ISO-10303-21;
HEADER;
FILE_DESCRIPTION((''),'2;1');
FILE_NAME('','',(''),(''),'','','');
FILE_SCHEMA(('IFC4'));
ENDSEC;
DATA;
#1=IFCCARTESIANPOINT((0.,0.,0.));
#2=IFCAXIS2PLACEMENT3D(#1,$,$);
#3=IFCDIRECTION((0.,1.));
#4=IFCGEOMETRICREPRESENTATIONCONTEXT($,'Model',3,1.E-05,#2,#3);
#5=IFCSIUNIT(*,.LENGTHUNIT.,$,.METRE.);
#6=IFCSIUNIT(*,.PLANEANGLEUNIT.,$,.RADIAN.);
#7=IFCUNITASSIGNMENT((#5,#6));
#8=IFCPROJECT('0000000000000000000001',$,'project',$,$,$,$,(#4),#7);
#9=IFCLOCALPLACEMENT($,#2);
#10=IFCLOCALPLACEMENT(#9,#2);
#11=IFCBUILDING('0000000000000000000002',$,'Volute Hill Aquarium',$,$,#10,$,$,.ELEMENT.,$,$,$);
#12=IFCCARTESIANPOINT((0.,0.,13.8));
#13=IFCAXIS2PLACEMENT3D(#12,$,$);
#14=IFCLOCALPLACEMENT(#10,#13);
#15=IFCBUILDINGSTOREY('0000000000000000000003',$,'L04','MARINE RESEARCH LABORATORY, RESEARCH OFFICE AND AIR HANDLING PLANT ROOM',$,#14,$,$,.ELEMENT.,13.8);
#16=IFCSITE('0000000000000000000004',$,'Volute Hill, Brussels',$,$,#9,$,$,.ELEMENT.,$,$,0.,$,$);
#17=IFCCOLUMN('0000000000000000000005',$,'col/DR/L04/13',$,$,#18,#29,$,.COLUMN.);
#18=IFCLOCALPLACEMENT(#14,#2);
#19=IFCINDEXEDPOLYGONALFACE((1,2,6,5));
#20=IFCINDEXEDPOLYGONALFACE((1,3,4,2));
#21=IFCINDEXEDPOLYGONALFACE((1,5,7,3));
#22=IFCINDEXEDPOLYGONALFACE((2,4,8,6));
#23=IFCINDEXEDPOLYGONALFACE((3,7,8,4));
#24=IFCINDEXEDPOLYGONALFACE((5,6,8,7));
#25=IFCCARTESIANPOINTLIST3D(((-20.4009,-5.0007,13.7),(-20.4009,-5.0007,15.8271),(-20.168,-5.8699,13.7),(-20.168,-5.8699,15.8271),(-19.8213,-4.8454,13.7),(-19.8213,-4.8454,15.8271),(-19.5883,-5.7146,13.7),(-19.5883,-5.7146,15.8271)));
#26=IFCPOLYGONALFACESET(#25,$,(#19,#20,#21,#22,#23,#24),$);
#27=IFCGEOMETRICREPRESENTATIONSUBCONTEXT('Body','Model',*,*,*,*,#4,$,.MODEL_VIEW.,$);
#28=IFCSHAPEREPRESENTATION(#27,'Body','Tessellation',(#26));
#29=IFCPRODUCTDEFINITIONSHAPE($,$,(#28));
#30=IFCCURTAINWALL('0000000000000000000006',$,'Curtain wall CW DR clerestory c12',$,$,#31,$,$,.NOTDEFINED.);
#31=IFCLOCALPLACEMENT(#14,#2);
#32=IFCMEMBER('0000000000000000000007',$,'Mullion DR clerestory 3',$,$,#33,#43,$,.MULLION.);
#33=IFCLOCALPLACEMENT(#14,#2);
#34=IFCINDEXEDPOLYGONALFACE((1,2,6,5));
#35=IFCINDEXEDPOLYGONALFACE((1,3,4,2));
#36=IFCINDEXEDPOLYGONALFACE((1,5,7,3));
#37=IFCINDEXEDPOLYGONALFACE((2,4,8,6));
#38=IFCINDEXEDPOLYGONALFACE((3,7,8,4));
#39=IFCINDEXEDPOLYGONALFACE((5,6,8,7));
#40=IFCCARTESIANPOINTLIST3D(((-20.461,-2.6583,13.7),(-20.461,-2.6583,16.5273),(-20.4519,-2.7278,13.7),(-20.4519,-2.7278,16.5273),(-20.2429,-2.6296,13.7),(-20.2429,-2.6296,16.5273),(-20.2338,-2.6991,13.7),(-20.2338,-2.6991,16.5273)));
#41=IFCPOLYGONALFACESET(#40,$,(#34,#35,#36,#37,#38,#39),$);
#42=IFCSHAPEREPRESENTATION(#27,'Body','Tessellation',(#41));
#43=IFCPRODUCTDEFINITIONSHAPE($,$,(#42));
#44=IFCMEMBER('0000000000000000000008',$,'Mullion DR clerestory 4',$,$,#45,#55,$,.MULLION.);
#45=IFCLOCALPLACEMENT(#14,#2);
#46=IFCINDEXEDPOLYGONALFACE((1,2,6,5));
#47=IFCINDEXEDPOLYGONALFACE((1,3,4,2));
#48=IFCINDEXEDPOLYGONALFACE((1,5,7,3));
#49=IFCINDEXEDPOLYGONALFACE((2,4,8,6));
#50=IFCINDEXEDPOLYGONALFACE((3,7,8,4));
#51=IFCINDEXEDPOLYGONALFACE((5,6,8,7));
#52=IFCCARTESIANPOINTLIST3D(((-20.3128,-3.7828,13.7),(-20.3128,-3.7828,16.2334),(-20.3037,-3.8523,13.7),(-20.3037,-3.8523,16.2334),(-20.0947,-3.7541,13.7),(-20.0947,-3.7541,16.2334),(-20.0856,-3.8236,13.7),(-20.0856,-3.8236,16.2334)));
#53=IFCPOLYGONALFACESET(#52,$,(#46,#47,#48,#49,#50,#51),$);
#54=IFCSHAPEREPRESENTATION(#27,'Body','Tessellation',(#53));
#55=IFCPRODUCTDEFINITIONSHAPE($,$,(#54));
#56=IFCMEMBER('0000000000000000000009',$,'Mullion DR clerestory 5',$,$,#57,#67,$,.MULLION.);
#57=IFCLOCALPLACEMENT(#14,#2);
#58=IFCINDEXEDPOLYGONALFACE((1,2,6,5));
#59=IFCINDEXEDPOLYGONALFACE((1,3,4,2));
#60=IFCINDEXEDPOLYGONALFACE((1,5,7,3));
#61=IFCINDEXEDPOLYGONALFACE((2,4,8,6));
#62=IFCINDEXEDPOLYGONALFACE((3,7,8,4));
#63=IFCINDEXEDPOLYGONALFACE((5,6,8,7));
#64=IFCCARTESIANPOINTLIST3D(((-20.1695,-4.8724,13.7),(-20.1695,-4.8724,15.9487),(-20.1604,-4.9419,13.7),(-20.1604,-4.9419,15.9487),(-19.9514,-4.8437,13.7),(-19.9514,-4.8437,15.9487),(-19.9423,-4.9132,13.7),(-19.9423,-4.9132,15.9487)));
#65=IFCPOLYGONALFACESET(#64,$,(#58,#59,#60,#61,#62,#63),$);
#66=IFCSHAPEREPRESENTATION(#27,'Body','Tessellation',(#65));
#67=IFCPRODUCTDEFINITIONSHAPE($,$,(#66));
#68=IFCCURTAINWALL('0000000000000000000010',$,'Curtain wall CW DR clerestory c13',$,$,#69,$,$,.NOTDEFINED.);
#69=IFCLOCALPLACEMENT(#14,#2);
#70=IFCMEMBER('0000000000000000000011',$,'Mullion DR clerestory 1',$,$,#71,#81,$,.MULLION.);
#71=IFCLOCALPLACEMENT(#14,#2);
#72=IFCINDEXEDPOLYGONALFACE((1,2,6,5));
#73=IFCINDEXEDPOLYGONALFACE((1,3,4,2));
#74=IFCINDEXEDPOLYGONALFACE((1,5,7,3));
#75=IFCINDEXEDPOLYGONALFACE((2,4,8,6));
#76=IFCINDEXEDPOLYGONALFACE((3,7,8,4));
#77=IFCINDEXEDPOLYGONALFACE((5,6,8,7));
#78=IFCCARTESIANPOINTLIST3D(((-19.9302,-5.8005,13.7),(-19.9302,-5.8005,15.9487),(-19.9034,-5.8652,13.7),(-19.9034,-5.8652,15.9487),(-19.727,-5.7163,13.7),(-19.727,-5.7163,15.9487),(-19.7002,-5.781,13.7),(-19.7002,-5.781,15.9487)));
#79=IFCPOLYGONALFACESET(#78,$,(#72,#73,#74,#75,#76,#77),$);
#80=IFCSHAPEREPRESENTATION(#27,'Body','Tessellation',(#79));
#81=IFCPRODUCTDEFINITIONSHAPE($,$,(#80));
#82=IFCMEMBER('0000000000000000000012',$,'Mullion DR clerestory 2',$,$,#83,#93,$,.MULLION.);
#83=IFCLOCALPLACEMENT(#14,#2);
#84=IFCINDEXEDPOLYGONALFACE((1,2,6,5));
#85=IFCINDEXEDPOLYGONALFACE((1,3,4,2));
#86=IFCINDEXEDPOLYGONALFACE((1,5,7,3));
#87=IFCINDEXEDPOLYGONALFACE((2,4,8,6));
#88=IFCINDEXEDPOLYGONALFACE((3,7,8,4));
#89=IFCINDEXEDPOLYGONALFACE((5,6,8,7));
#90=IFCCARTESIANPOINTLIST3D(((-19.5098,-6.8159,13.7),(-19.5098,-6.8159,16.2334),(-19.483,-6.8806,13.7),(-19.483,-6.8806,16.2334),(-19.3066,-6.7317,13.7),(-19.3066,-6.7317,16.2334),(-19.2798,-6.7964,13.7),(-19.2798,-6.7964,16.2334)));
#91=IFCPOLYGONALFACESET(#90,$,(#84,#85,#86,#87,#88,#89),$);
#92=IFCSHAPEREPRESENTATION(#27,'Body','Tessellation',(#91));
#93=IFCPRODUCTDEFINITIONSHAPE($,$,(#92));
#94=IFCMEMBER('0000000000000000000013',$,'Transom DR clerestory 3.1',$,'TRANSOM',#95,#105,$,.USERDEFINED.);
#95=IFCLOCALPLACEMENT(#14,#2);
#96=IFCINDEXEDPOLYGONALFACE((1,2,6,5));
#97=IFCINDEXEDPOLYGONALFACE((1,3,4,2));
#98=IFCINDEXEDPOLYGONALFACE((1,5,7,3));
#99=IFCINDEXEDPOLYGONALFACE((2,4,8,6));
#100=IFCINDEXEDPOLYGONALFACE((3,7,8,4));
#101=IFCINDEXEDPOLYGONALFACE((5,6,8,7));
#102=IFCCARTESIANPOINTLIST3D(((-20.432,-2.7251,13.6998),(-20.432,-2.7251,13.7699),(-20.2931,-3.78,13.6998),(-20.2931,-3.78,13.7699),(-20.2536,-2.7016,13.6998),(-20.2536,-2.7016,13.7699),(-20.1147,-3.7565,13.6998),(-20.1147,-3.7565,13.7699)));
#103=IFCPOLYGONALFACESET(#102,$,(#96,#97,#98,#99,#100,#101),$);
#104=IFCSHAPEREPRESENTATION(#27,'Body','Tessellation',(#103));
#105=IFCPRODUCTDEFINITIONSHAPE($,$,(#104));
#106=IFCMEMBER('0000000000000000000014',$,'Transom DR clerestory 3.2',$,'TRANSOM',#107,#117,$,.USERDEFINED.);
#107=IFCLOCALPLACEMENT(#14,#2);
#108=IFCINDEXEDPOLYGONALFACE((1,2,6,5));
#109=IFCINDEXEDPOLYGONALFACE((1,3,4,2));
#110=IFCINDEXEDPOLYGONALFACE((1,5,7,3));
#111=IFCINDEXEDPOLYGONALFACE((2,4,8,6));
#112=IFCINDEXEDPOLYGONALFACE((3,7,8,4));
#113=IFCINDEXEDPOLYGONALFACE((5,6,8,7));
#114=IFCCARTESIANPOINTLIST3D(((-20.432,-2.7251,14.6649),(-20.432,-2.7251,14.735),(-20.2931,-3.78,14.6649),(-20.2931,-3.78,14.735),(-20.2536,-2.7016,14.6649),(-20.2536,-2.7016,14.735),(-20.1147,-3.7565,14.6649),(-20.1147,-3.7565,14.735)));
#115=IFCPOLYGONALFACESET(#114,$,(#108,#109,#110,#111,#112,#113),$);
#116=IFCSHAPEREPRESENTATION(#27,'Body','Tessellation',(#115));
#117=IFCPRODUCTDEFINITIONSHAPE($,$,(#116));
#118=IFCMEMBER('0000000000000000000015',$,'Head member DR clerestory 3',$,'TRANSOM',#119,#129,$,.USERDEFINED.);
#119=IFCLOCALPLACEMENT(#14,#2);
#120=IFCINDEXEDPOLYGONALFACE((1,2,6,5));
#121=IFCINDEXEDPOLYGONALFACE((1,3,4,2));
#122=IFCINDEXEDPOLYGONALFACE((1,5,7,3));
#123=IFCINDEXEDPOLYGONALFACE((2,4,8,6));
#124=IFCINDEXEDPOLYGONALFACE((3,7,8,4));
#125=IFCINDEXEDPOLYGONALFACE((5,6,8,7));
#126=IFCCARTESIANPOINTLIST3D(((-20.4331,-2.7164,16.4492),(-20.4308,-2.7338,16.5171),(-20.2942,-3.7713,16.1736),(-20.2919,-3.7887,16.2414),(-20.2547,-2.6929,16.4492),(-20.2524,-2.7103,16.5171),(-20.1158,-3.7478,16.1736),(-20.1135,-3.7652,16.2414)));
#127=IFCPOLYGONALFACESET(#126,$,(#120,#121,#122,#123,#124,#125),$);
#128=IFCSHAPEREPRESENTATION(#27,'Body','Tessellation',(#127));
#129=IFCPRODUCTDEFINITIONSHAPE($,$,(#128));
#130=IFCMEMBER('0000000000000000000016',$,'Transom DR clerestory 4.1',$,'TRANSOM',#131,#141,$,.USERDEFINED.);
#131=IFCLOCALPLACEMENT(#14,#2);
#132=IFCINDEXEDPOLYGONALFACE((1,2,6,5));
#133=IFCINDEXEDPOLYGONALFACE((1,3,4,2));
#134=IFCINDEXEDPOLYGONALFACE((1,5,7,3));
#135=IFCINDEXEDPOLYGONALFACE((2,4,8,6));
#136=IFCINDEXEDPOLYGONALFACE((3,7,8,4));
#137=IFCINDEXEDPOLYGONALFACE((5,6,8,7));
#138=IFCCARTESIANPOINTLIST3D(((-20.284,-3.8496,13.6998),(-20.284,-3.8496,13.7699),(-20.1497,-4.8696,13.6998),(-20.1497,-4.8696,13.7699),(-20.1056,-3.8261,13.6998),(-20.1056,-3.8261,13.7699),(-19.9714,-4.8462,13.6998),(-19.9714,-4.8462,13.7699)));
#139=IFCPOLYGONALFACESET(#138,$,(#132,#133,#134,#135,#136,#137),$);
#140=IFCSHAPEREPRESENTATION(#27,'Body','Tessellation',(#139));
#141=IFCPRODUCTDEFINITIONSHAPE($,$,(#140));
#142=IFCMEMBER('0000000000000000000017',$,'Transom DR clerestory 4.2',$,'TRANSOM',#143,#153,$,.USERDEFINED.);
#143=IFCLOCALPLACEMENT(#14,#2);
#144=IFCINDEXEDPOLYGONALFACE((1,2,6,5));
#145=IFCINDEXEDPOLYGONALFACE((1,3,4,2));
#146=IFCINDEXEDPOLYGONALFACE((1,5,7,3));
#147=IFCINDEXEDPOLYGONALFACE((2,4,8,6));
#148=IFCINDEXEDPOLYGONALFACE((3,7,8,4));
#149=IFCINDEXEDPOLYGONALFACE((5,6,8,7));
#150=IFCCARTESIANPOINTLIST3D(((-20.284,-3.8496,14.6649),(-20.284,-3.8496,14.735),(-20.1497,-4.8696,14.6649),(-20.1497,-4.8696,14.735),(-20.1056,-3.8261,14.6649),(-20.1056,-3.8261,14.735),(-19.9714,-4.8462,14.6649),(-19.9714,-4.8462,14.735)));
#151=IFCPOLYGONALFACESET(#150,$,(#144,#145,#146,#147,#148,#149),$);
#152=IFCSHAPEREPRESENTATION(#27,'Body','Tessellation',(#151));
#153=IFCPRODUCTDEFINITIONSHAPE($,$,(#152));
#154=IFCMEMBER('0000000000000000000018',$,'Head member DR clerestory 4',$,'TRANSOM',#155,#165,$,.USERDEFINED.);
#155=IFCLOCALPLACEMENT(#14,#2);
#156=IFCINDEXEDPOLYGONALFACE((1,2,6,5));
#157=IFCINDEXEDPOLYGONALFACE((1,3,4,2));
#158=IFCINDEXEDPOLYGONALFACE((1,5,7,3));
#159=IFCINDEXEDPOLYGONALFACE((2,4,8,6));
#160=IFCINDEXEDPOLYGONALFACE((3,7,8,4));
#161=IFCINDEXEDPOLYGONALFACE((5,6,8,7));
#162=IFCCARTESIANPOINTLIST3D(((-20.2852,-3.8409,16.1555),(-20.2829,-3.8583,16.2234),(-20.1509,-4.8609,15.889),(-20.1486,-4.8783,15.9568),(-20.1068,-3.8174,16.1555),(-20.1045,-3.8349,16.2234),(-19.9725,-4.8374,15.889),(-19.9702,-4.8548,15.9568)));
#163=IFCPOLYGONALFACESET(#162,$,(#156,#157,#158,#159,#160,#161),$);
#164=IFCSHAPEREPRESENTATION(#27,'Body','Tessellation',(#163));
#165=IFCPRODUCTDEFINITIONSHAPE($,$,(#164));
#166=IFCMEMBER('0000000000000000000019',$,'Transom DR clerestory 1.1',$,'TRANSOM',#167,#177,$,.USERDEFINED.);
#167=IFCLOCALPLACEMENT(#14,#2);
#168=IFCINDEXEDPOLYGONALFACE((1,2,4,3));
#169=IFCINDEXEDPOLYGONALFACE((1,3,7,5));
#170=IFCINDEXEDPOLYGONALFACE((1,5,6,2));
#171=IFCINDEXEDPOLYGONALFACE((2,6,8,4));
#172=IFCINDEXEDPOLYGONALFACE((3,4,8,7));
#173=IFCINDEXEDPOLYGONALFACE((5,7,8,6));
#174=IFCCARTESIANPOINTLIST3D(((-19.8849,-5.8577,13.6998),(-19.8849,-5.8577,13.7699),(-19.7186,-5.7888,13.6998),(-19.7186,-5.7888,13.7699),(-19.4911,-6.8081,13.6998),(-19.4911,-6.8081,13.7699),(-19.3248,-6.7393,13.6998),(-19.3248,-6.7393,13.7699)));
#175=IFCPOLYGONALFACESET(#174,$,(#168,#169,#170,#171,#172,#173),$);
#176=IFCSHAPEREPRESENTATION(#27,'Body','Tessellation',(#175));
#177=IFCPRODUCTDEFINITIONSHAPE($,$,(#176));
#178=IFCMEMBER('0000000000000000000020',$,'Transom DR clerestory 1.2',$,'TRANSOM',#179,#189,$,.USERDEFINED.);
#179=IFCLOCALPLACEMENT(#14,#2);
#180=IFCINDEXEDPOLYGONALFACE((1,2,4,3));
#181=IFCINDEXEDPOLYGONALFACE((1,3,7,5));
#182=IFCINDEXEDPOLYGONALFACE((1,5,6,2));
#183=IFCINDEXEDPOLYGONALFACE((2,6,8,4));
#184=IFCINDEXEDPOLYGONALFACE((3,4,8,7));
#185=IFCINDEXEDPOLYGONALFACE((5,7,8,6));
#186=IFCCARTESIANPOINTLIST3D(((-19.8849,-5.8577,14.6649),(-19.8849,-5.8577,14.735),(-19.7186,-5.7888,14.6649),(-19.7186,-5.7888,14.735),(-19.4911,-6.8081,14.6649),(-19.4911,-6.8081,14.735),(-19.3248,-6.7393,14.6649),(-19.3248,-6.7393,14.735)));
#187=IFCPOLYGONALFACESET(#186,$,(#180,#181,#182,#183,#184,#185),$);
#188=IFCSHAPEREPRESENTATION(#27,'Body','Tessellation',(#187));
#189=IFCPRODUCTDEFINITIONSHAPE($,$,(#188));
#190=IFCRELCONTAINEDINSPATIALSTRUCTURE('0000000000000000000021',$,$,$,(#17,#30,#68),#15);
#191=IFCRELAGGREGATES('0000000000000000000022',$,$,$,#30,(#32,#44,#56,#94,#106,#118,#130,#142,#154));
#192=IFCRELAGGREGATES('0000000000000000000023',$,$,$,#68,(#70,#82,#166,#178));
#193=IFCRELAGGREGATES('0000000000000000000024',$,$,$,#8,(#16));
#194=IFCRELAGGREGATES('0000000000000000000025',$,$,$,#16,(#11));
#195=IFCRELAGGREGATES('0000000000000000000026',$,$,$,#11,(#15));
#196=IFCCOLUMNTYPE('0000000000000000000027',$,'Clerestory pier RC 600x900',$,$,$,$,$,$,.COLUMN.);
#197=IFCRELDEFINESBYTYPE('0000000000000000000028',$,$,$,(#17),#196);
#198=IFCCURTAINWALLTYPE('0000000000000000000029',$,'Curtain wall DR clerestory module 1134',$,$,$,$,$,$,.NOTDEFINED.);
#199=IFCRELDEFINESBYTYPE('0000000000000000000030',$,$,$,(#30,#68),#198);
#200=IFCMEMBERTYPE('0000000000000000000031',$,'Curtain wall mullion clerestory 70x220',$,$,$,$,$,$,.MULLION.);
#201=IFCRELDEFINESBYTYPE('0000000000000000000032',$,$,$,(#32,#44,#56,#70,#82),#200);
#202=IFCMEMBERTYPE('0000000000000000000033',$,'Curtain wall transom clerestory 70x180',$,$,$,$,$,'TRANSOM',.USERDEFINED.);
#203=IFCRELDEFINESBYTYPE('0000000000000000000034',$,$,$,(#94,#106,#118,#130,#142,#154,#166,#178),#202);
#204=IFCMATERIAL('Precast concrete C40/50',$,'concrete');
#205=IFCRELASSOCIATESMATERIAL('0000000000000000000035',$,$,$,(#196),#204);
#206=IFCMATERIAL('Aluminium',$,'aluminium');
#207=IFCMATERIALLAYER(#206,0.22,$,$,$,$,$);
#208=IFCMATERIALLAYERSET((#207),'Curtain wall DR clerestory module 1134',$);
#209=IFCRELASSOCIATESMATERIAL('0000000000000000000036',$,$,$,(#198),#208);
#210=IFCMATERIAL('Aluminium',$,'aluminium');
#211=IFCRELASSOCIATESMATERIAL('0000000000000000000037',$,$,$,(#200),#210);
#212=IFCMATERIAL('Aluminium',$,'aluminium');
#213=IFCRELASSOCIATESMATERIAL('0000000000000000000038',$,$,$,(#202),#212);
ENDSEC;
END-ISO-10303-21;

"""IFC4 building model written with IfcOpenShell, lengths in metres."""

from ifc_helpers import new_model, si_unit, direction, frame, origin, origin_2d, place, context, subcontext, project, spatial, rectangle, extrude, material, layer, layer_set, material_profile, profile_set, type_object, element, aggregate, save


model = new_model("IFC4")

# Units and contexts
model_context = context("Model", 3, precision=1e-05, world=origin(), true_north=direction((0.0, 1.0)))
body_context = subcontext(model_context, "Body", "Model", "MODEL_VIEW")
ifc_project = project(units=[si_unit("LENGTHUNIT", "METRE"), si_unit("PLANEANGLEUNIT", "RADIAN")], contexts=[model_context])

# Site, building, storey
site_placement = place(None, origin())
site = spatial("IfcSite", under=ifc_project, at=site_placement, Name="Volute Hill, Brussels", CompositionType="ELEMENT", RefElevation=0.0)
building_placement = place(site_placement, origin())
building = spatial("IfcBuilding", under=site, at=building_placement, Name="Volute Hill Aquarium", CompositionType="ELEMENT")
storey_placement = place(building_placement, frame((0.0, 0.0, 13.8)))
storey = spatial("IfcBuildingStorey", under=building, at=storey_placement, Name="L04", Description="MARINE RESEARCH LABORATORY, RESEARCH OFFICE AND AIR HANDLING PLANT ROOM", CompositionType="ELEMENT", Elevation=13.8)

# Column
ifc_material_1 = material(Name="Precast concrete C40/50", Category="concrete")
ifc_material_profile_1 = material_profile(ifc_material_1, rectangle(XDim=0.6001, YDim=0.8999, at=origin_2d()), Name="RC pier 600x900")
ifc_profile_set_1 = profile_set([ifc_material_profile_1], Name="Precast concrete C40/50")
column_type = type_object("IfcColumnType", Name="Clerestory pier RC 600x900", PredefinedType="COLUMN", material=ifc_profile_set_1)
column_placement = place(storey_placement, frame((-19.9946, -5.3577, 13.7), z_axis=(0.0, 0.0, 1.0), x_axis=(-0.965926, -0.258819, 0.0)))
element("IfcColumn", 1, at=column_placement, inside=storey, type_object=column_type, Name="col/DR/L04/13", PredefinedType="COLUMN", context=body_context, shape_type="SweptSolid", body=[
    extrude(rectangle(XDim=0.6001, YDim=0.8999, at=origin_2d()), origin(), (0.0, 0.0, 1.0), 2.1272),
])

# Curtain walls, members
ifc_material_2 = material(Name="Aluminium", Category="aluminium")
ifc_layer_1 = layer(ifc_material_2, 0.22)
ifc_layer_set_1 = layer_set([ifc_layer_1], Name="Curtain wall DR clerestory module 1134")
curtain_wall_type = type_object("IfcCurtainWallType", Name="Curtain wall DR clerestory module 1134", PredefinedType="NOTDEFINED", material=ifc_layer_set_1)
curtain_wall_1_placement = place(storey_placement, origin())
curtain_wall_1 = element("IfcCurtainWall", 2, at=curtain_wall_1_placement, inside=storey, type_object=curtain_wall_type, Name="Curtain wall CW DR clerestory c12", PredefinedType="NOTDEFINED")
ifc_material_3 = material(Name="Aluminium", Category="aluminium")
ifc_material_profile_2 = material_profile(ifc_material_3, rectangle(XDim=0.22, YDim=0.0701, at=origin_2d()), Name="Curtain wall mullion clerestory 70x220")
ifc_profile_set_2 = profile_set([ifc_material_profile_2], Name="Aluminium")
member_type_1 = type_object("IfcMemberType", Name="Curtain wall mullion clerestory 70x220", PredefinedType="MULLION", material=ifc_profile_set_2)
member_1_placement = place(storey_placement, frame((-20.3474, -2.6787, 13.7), z_axis=(0.0, 0.0, 1.0), x_axis=(0.991446, 0.130519, 0.0)))
member_1 = element("IfcMember", 3, at=member_1_placement, type_object=member_type_1, Name="Mullion DR clerestory 3", PredefinedType="MULLION", context=body_context, shape_type="SweptSolid", body=[
    extrude(rectangle(XDim=0.22, YDim=0.0701, at=origin_2d()), origin(), (0.0, 0.0, 1.0), 2.8274),
])
member_2_placement = place(storey_placement, frame((-20.1992, -3.8032, 13.7), z_axis=(0.0, 0.0, 1.0), x_axis=(0.991446, 0.130519, 0.0)))
member_2 = element("IfcMember", 4, at=member_2_placement, type_object=member_type_1, Name="Mullion DR clerestory 4", PredefinedType="MULLION", context=body_context, shape_type="SweptSolid", body=[
    extrude(rectangle(XDim=0.22, YDim=0.0701, at=origin_2d()), origin(), (0.0, 0.0, 1.0), 2.5334),
])
member_3_placement = place(storey_placement, frame((-20.0559, -4.8928, 13.7), z_axis=(0.0, 0.0, 1.0), x_axis=(0.991446, 0.130519, 0.0)))
member_3 = element("IfcMember", 5, at=member_3_placement, type_object=member_type_1, Name="Mullion DR clerestory 5", PredefinedType="MULLION", context=body_context, shape_type="SweptSolid", body=[
    extrude(rectangle(XDim=0.22, YDim=0.0701, at=origin_2d()), origin(), (0.0, 0.0, 1.0), 2.2488),
])
curtain_wall_2_placement = place(storey_placement, origin())
curtain_wall_2 = element("IfcCurtainWall", 6, at=curtain_wall_2_placement, inside=storey, type_object=curtain_wall_type, Name="Curtain wall CW DR clerestory c13", PredefinedType="NOTDEFINED")
member_4_placement = place(storey_placement, frame((-19.8152, -5.7908, 13.7), z_axis=(0.0, 0.0, 1.0), x_axis=(0.923874, 0.382696, 0.0)))
member_4 = element("IfcMember", 7, at=member_4_placement, type_object=member_type_1, Name="Mullion DR clerestory 1", PredefinedType="MULLION", context=body_context, shape_type="SweptSolid", body=[
    extrude(rectangle(XDim=0.22, YDim=0.0701, at=origin_2d()), origin(), (0.0, 0.0, 1.0), 2.2488),
])
member_5_placement = place(storey_placement, frame((-19.3948, -6.8062, 13.7), z_axis=(0.0, 0.0, 1.0), x_axis=(0.923874, 0.382696, 0.0)))
member_5 = element("IfcMember", 8, at=member_5_placement, type_object=member_type_1, Name="Mullion DR clerestory 2", PredefinedType="MULLION", context=body_context, shape_type="SweptSolid", body=[
    extrude(rectangle(XDim=0.22, YDim=0.0701, at=origin_2d()), origin(), (0.0, 0.0, 1.0), 2.5334),
])

# Members
ifc_material_4 = material(Name="Aluminium", Category="aluminium")
ifc_material_profile_3 = material_profile(ifc_material_4, rectangle(XDim=0.1799, YDim=0.0701, at=origin_2d()), Name="Curtain wall transom clerestory 70x180")
ifc_profile_set_3 = profile_set([ifc_material_profile_3], Name="Aluminium")
member_type_2 = type_object("IfcMemberType", Name="Curtain wall transom clerestory 70x180", ElementType="TRANSOM", PredefinedType="USERDEFINED", material=ifc_profile_set_3)
member_6_placement = place(storey_placement, frame((-20.3428, -2.7134, 13.7349), z_axis=(0.130555, -0.991441, 0.0), x_axis=(0.991441, 0.130555, 0.0)))
member_6 = element("IfcMember", 9, at=member_6_placement, type_object=member_type_2, Name="Transom DR clerestory 3.1", ObjectType="TRANSOM", PredefinedType="USERDEFINED", context=body_context, shape_type="SweptSolid", body=[
    extrude(rectangle(XDim=0.1799, YDim=0.0701, at=origin_2d()), origin(), (0.0, 0.0, 1.0), 1.064),
])
member_7_placement = place(storey_placement, frame((-20.3428, -2.7134, 14.7), z_axis=(0.130555, -0.991441, 0.0), x_axis=(0.991441, 0.130555, 0.0)))
member_7 = element("IfcMember", 10, at=member_7_placement, type_object=member_type_2, Name="Transom DR clerestory 3.2", ObjectType="TRANSOM", PredefinedType="USERDEFINED", context=body_context, shape_type="SweptSolid", body=[
    extrude(rectangle(XDim=0.1799, YDim=0.0701, at=origin_2d()), origin(), (0.0, 0.0, 1.0), 1.064),
])
member_8_placement = place(storey_placement, frame((-20.3428, -2.7134, 16.4832), z_axis=(0.126384, -0.959762, -0.250769), x_axis=(0.991441, 0.130555, 0.0)))
member_8 = element("IfcMember", 11, at=member_8_placement, type_object=member_type_2, Name="Head member DR clerestory 3", ObjectType="TRANSOM", PredefinedType="USERDEFINED", context=body_context, shape_type="SweptSolid", body=[
    extrude(rectangle(XDim=0.1799, YDim=0.0701, at=origin_2d()), origin(), (0.0, 0.0, 1.0), 1.0991),
])
member_9_placement = place(storey_placement, frame((-20.1948, -3.8379, 13.7349), z_axis=(0.130516, -0.991446, 0.0), x_axis=(0.991446, 0.130516, 0.0)))
member_9 = element("IfcMember", 12, at=member_9_placement, type_object=member_type_2, Name="Transom DR clerestory 4.1", ObjectType="TRANSOM", PredefinedType="USERDEFINED", context=body_context, shape_type="SweptSolid", body=[
    extrude(rectangle(XDim=0.1799, YDim=0.0701, at=origin_2d()), origin(), (0.0, 0.0, 1.0), 1.0288),
])
member_10_placement = place(storey_placement, frame((-20.1948, -3.8379, 14.7), z_axis=(0.130516, -0.991446, 0.0), x_axis=(0.991446, 0.130516, 0.0)))
member_10 = element("IfcMember", 13, at=member_10_placement, type_object=member_type_2, Name="Transom DR clerestory 4.2", ObjectType="TRANSOM", PredefinedType="USERDEFINED", context=body_context, shape_type="SweptSolid", body=[
    extrude(rectangle(XDim=0.1799, YDim=0.0701, at=origin_2d()), origin(), (0.0, 0.0, 1.0), 1.0288),
])
member_11_placement = place(storey_placement, frame((-20.1948, -3.8379, 16.1895), z_axis=(0.126343, -0.959746, -0.250848), x_axis=(0.991446, 0.130516, 0.0)))
member_11 = element("IfcMember", 14, at=member_11_placement, type_object=member_type_2, Name="Head member DR clerestory 4", ObjectType="TRANSOM", PredefinedType="USERDEFINED", context=body_context, shape_type="SweptSolid", body=[
    extrude(rectangle(XDim=0.1799, YDim=0.0701, at=origin_2d()), origin(), (0.0, 0.0, 1.0), 1.0627),
])
member_12_placement = place(storey_placement, frame((-19.8018, -5.8232, 13.7349), z_axis=(0.382778, -0.92384, 0.0), x_axis=(0.92384, 0.382778, 0.0)))
member_12 = element("IfcMember", 15, at=member_12_placement, type_object=member_type_2, Name="Transom DR clerestory 1.1", ObjectType="TRANSOM", PredefinedType="USERDEFINED", context=body_context, shape_type="SweptSolid", body=[
    extrude(rectangle(XDim=0.1799, YDim=0.0701, at=origin_2d()), origin(), (0.0, 0.0, 1.0), 1.0288),
])
member_13_placement = place(storey_placement, frame((-19.8018, -5.8232, 14.7), z_axis=(0.382778, -0.92384, 0.0), x_axis=(0.92384, 0.382778, 0.0)))
member_13 = element("IfcMember", 16, at=member_13_placement, type_object=member_type_2, Name="Transom DR clerestory 1.2", ObjectType="TRANSOM", PredefinedType="USERDEFINED", context=body_context, shape_type="SweptSolid", body=[
    extrude(rectangle(XDim=0.1799, YDim=0.0701, at=origin_2d()), origin(), (0.0, 0.0, 1.0), 1.0288),
])

aggregate(curtain_wall_1, [member_1, member_2, member_3, member_6, member_7, member_8, member_9, member_10, member_11])
aggregate(curtain_wall_2, [member_4, member_5, member_12, member_13])

save(model, "model.ifc")
